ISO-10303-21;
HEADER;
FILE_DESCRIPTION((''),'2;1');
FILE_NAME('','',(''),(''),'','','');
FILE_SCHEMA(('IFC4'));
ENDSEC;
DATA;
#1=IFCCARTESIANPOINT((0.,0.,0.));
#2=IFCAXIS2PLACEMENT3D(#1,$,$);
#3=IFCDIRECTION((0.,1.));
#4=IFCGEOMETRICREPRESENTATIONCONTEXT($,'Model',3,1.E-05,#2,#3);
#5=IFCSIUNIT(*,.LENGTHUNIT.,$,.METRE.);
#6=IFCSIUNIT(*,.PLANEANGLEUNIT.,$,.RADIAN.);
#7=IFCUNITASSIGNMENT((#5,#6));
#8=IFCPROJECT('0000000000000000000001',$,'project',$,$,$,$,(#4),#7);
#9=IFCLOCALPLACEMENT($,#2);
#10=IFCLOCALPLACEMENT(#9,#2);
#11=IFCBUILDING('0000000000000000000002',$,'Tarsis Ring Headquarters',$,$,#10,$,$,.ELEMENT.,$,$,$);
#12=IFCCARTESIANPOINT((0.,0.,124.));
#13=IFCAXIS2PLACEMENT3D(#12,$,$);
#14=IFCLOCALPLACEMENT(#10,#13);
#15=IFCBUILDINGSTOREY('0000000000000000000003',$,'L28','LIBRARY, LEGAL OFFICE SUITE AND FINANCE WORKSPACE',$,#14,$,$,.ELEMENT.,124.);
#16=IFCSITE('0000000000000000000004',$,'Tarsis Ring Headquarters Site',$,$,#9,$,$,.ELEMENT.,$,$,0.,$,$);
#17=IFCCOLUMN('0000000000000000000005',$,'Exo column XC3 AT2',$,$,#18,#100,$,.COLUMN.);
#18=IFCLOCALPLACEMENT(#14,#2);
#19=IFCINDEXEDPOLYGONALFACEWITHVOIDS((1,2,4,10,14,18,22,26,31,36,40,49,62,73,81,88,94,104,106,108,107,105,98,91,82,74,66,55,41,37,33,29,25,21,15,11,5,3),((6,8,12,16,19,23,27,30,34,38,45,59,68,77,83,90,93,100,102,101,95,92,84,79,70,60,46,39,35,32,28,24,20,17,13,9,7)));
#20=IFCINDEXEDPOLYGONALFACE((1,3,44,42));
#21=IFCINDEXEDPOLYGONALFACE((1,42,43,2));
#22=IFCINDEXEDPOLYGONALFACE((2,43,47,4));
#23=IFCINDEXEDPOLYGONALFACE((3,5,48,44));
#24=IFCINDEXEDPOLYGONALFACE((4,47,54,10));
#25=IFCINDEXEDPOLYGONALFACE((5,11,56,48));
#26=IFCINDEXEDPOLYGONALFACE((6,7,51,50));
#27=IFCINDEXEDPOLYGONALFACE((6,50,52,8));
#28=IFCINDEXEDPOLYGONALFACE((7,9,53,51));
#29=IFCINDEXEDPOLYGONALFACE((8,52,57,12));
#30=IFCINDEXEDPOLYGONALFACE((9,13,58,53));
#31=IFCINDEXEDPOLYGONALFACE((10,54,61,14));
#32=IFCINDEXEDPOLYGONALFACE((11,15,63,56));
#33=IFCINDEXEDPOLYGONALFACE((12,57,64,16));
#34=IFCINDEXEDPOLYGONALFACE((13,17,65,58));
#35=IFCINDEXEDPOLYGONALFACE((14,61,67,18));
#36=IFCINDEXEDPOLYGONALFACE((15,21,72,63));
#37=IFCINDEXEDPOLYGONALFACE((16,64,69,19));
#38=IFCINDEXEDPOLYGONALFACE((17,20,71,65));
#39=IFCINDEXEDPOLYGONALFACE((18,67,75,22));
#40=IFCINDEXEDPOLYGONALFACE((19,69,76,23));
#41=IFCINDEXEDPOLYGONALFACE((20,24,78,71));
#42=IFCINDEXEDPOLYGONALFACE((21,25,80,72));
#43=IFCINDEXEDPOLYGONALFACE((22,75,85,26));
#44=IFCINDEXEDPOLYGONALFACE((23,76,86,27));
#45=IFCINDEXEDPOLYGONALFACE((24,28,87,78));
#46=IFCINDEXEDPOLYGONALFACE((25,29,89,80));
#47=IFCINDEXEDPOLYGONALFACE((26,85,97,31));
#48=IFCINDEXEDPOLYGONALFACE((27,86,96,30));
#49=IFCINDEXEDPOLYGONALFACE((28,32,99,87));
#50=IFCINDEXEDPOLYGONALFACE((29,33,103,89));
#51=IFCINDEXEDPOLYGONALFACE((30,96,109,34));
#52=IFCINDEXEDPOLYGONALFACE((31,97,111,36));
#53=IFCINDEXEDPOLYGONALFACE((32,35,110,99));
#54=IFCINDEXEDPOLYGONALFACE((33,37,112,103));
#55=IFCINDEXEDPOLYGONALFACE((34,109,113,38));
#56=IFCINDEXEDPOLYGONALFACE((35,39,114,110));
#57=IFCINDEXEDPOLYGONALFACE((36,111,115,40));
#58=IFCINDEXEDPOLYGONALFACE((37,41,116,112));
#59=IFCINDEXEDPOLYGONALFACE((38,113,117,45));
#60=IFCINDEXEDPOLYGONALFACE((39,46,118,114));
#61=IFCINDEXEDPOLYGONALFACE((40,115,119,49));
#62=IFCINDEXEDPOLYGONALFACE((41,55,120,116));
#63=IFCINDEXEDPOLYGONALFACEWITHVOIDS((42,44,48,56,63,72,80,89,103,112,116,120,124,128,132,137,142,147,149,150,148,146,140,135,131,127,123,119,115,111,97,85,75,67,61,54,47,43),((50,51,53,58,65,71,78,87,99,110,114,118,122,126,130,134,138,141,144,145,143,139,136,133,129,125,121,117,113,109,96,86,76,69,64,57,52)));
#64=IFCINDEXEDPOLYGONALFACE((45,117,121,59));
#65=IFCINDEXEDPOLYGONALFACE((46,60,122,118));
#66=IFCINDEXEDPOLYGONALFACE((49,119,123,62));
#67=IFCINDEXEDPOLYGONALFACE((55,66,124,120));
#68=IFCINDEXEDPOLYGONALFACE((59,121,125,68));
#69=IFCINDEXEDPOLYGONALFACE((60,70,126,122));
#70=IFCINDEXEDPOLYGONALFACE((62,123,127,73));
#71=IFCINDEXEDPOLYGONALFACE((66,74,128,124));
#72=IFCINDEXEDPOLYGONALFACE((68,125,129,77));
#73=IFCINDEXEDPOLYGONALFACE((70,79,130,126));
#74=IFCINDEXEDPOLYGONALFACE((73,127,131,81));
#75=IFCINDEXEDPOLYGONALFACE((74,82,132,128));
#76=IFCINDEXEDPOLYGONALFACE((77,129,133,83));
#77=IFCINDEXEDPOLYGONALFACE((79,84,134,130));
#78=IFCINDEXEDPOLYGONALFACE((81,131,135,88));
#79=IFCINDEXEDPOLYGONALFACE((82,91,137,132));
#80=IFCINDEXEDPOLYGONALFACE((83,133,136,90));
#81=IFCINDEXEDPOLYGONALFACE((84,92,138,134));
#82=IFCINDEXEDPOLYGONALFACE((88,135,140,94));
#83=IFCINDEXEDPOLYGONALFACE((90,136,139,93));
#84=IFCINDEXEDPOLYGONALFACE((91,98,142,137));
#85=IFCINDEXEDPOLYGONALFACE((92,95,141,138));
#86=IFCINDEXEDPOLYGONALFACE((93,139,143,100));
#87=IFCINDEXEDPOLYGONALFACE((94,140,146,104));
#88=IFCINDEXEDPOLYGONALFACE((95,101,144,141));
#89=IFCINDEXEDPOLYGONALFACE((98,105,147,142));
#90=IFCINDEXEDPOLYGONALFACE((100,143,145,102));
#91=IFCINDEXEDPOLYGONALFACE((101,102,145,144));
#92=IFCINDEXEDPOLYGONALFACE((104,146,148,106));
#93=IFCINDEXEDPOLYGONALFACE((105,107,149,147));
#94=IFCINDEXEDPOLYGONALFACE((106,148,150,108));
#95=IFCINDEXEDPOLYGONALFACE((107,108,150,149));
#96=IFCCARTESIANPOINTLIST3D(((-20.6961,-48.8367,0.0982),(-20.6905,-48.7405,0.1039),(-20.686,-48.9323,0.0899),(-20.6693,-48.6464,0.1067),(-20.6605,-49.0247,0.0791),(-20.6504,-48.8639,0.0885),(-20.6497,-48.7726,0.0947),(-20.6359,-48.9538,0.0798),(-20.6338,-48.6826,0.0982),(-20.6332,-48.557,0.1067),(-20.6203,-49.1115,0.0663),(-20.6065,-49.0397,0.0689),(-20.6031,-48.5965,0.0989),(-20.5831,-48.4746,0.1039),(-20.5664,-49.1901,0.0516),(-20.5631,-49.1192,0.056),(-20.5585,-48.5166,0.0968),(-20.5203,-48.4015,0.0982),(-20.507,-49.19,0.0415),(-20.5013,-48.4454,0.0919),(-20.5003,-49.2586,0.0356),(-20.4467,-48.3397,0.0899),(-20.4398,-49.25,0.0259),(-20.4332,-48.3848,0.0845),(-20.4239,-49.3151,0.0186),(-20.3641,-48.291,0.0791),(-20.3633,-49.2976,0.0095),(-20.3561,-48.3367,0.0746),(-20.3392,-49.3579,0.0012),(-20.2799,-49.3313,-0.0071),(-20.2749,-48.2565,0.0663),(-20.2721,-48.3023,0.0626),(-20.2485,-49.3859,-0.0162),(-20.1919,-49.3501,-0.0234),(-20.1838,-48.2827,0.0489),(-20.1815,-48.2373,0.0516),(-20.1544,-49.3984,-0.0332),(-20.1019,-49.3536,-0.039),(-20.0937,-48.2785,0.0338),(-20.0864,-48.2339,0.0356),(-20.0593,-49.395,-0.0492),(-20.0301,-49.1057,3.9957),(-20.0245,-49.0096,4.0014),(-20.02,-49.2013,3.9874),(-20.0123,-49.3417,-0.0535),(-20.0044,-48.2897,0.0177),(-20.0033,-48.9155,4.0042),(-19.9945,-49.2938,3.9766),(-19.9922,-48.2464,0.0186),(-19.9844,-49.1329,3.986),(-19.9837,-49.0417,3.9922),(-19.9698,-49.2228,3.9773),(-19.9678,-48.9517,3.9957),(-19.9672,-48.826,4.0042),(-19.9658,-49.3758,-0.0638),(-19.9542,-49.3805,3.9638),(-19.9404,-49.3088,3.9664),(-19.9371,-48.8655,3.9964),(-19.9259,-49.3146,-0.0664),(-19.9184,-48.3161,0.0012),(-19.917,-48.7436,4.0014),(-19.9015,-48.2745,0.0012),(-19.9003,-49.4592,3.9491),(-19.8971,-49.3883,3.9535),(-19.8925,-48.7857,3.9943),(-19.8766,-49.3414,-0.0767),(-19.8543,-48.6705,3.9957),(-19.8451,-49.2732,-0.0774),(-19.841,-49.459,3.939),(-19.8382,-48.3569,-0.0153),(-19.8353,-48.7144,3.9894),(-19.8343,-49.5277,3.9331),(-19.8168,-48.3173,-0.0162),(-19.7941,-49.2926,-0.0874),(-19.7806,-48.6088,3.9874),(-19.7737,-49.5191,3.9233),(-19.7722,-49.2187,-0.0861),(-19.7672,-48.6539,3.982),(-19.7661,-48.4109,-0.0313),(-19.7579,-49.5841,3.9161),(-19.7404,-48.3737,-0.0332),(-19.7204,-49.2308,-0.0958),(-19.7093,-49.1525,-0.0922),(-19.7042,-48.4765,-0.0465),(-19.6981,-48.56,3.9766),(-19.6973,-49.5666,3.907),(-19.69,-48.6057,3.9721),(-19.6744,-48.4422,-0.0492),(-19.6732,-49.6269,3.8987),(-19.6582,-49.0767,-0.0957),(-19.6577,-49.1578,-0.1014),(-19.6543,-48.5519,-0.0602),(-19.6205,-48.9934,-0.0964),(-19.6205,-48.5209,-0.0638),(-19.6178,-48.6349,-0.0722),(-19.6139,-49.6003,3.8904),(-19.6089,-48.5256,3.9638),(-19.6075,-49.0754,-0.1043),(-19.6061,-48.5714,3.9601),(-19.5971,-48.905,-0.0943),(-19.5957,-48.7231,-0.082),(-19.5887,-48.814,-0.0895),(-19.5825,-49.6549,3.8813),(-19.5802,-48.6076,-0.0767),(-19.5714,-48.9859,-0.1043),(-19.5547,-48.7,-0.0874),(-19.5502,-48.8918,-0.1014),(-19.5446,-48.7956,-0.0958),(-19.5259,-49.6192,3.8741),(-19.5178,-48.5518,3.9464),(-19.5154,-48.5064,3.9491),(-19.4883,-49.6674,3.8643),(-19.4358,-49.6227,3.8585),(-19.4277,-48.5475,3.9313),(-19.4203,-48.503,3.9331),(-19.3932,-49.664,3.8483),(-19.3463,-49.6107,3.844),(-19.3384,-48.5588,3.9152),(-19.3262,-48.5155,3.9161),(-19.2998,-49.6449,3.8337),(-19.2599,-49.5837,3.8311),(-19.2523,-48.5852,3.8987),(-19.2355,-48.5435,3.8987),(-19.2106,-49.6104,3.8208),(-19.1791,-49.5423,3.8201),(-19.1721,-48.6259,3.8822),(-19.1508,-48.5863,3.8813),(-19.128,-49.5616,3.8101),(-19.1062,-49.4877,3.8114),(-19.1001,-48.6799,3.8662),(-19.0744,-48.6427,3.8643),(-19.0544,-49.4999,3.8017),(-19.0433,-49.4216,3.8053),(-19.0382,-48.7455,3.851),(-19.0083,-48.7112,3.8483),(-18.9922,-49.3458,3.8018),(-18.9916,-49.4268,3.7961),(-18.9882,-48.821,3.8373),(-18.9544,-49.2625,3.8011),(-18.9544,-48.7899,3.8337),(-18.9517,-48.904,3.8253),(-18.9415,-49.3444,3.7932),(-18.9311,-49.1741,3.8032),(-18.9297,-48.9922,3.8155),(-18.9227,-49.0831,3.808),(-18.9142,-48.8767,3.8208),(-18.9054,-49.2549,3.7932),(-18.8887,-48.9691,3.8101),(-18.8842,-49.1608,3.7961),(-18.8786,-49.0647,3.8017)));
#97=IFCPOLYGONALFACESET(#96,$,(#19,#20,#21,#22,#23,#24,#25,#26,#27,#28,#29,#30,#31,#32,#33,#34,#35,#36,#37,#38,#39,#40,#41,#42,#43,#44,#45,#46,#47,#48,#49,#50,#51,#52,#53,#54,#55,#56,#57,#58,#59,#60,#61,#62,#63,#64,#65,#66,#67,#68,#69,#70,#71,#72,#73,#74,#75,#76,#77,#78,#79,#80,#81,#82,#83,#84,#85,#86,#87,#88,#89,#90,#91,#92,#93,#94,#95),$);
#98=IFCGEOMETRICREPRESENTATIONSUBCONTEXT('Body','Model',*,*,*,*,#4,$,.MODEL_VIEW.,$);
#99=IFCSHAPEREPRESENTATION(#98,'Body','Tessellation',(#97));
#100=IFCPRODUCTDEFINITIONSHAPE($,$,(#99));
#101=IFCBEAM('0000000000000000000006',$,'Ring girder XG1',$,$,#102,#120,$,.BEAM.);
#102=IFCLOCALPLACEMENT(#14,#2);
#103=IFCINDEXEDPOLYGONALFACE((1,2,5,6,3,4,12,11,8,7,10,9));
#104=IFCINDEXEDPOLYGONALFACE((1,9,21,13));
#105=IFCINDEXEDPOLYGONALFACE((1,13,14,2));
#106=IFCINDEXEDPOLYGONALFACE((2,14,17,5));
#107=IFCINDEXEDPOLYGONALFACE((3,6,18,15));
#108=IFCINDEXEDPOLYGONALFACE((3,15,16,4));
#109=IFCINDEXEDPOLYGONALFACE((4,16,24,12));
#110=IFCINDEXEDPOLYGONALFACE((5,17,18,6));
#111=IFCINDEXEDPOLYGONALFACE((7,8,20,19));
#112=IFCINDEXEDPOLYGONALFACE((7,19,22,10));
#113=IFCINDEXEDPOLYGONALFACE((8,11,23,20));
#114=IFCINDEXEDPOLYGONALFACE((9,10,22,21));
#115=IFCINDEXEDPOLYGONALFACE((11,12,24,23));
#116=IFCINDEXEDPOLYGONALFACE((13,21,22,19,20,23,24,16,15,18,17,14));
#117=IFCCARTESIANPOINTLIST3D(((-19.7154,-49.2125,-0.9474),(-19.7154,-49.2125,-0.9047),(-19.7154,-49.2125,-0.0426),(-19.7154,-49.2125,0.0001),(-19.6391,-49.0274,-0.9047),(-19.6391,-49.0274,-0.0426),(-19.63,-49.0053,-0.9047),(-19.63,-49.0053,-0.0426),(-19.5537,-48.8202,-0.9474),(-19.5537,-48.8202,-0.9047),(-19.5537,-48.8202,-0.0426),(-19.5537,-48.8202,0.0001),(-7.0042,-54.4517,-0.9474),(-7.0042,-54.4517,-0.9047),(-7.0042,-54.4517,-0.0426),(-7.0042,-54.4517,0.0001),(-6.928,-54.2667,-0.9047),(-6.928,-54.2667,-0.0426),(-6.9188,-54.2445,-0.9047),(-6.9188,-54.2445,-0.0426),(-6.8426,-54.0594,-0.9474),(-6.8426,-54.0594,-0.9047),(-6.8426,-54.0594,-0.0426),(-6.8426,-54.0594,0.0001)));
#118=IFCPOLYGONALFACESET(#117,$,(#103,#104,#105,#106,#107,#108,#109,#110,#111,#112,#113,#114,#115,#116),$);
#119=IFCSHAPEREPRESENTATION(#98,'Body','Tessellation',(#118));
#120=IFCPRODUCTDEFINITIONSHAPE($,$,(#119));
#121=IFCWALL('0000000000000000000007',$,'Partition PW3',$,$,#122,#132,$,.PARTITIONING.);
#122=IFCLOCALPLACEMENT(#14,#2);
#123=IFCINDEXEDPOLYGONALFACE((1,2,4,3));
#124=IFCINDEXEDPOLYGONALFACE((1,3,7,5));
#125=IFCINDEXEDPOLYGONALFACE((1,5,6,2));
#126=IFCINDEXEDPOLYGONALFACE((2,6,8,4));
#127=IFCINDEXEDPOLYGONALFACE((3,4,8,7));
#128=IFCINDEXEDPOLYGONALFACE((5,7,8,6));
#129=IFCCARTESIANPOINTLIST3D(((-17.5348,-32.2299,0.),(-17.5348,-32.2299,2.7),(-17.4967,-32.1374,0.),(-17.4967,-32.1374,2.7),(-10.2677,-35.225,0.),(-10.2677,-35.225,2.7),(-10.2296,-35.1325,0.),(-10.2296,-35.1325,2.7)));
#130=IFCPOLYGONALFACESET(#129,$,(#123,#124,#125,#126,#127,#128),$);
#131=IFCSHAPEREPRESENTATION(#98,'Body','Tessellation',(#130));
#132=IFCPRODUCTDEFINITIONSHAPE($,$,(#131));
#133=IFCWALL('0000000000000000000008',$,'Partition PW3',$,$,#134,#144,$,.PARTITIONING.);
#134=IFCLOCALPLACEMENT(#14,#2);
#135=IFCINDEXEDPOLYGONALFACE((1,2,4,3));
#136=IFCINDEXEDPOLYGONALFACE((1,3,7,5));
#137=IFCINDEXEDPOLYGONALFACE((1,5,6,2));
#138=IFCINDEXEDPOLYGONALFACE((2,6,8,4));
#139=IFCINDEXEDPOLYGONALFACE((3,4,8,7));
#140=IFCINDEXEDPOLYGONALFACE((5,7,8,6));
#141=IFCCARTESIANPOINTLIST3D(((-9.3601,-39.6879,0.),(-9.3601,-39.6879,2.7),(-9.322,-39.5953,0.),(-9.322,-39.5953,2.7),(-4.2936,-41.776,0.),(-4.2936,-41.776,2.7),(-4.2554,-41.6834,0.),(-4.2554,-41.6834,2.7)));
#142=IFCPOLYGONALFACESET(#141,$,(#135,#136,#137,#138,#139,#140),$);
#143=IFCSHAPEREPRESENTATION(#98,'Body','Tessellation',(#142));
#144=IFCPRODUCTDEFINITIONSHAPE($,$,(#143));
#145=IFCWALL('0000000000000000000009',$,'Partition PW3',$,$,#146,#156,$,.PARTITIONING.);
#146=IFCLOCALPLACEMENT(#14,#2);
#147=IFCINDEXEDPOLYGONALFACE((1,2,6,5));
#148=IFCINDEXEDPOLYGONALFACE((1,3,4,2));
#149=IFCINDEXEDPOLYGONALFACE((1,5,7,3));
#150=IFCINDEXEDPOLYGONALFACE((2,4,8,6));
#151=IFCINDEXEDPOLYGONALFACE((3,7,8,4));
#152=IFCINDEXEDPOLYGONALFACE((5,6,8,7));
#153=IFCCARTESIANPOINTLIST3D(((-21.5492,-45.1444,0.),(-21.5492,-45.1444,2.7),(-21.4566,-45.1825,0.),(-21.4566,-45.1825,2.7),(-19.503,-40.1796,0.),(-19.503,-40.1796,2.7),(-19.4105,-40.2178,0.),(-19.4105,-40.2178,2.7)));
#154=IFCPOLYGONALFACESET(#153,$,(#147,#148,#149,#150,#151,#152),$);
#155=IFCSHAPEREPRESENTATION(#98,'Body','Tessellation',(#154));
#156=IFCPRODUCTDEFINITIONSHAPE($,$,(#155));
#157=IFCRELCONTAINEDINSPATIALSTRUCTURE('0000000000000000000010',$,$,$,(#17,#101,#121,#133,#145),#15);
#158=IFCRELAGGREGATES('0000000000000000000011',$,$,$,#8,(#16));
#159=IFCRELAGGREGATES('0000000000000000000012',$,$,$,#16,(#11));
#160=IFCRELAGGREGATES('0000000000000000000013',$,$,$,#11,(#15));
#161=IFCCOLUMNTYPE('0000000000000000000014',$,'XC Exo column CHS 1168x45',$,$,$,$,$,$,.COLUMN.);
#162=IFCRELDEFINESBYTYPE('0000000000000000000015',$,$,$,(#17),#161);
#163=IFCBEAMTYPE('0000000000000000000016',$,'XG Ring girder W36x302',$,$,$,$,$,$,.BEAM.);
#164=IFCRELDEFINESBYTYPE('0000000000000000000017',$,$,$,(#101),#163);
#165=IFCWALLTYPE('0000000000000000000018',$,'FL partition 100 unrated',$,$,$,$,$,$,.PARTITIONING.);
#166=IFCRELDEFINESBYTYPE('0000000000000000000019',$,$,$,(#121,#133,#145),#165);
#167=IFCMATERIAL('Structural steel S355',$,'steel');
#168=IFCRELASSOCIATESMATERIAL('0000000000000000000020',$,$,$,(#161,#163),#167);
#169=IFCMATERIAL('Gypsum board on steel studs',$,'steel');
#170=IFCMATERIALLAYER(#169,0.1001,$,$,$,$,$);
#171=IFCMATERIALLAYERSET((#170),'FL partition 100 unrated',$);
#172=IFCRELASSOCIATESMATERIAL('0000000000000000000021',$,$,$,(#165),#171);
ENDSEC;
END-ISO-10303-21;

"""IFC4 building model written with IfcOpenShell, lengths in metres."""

from ifc_helpers import new_model, si_unit, direction, frame, frame_2d, origin, origin_2d, place, context, subcontext, project, spatial, rectangle, hollow_circle, i_section, extrude, material, layer, layer_set, material_profile, profile_set, type_object, element, save


model = new_model("IFC4")

# Units and contexts
model_context = context("Model", 3, precision=1e-05, world=origin(), true_north=direction((0.0, 1.0)))
body_context = subcontext(model_context, "Body", "Model", "MODEL_VIEW")
ifc_project = project(units=[si_unit("LENGTHUNIT", "METRE"), si_unit("PLANEANGLEUNIT", "RADIAN")], contexts=[model_context])

# Site, building, storey
site_placement = place(None, origin())
site = spatial("IfcSite", under=ifc_project, at=site_placement, Name="Tarsis Ring Headquarters Site", CompositionType="ELEMENT", RefElevation=0.0)
building_placement = place(site_placement, origin())
building = spatial("IfcBuilding", under=site, at=building_placement, Name="Tarsis Ring Headquarters", CompositionType="ELEMENT")
storey_placement = place(building_placement, frame((0.0, 0.0, 124.0)))
storey = spatial("IfcBuildingStorey", under=building, at=storey_placement, Name="L28", Description="LIBRARY, LEGAL OFFICE SUITE AND FINANCE WORKSPACE", CompositionType="ELEMENT", Elevation=124.0)

# Column
ifc_material_1 = material(Name="Structural steel S355", Category="steel")
ifc_material_profile_1 = material_profile(ifc_material_1, hollow_circle(Radius=0.5842, WallThickness=0.0449, at=origin_2d()), Name="CHS 1168x45")
ifc_profile_set_1 = profile_set([ifc_material_profile_1], Name="Structural steel S355")
column_type = type_object("IfcColumnType", Name="XC Exo column CHS 1168x45", PredefinedType="COLUMN", material=ifc_profile_set_1)
column_placement = place(storey_placement, frame((-20.1204, -48.8162, 0.0012), z_axis=(0.168054, -0.067887, 0.983437), x_axis=(0.374553, 0.927206, 0.0)))
element("IfcColumn", 1, at=column_placement, inside=storey, type_object=column_type, Name="Exo column XC3 AT2", PredefinedType="COLUMN", context=body_context, shape_type="SweptSolid", body=[
    extrude(hollow_circle(Radius=0.5842, WallThickness=0.0449, at=origin_2d()), origin(), (0.0, 0.0, 1.0), 3.9631),
])

# Beam
ifc_material_profile_2 = material_profile(ifc_material_1, i_section(OverallWidth=0.4243, OverallDepth=0.9475, WebThickness=0.0239, FlangeThickness=0.0427, at=origin_2d()), Name="W36x302")
ifc_profile_set_2 = profile_set([ifc_material_profile_2], Name="Structural steel S355")
beam_type = type_object("IfcBeamType", Name="XG Ring girder W36x302", PredefinedType="BEAM", material=ifc_profile_set_2)
beam_placement = place(storey_placement, frame((-19.6345, -49.0164, -0.4736), z_axis=(0.924544, -0.381076, 0.0), x_axis=(0.381076, 0.924544, 0.0)))
element("IfcBeam", 2, at=beam_placement, inside=storey, type_object=beam_type, Name="Ring girder XG1", PredefinedType="BEAM", context=body_context, shape_type="SweptSolid", body=[
    extrude(i_section(OverallWidth=0.4243, OverallDepth=0.9475, WebThickness=0.0239, FlangeThickness=0.0427, at=origin_2d()), origin(), (0.0, 0.0, 1.0), 13.7485),
])

# Walls
ifc_material_2 = material(Name="Gypsum board on steel studs", Category="steel")
ifc_layer_1 = layer(ifc_material_2, 0.1001)
ifc_layer_set_1 = layer_set([ifc_layer_1], Name="FL partition 100 unrated")
wall_type_1 = type_object("IfcWallType", Name="FL partition 100 unrated", PredefinedType="PARTITIONING", material=ifc_layer_set_1)
wall_1_placement = place(storey_placement, frame((-17.5159, -32.1836, 0.0), z_axis=(0.0, 0.0, 1.0), x_axis=(0.924553, -0.381053, 0.0)))
element("IfcWall", 3, at=wall_1_placement, inside=storey, type_object=wall_type_1, Name="Partition PW3", PredefinedType="PARTITIONING", context=body_context, shape_type="SweptSolid", body=[
    extrude(rectangle(XDim=7.8601, YDim=0.1001, at=frame_2d((3.9302, 0.0))), origin(), (0.0, 0.0, 1.0), 2.7),
])
wall_2_placement = place(storey_placement, frame((-9.3411, -39.6416, 0.0), z_axis=(0.0, 0.0, 1.0), x_axis=(0.924558, -0.381041, 0.0)))
element("IfcWall", 4, at=wall_2_placement, inside=storey, type_object=wall_type_1, Name="Partition PW3", PredefinedType="PARTITIONING", context=body_context, shape_type="SweptSolid", body=[
    extrude(rectangle(XDim=5.48, YDim=0.1001, at=frame_2d((2.74, 0.0))), origin(), (0.0, 0.0, 1.0), 2.7),
])
wall_3_placement = place(storey_placement, frame((-21.5029, -45.1636, 0.0), z_axis=(0.0, 0.0, 1.0), x_axis=(0.381036, 0.92456, 0.0)))
element("IfcWall", 5, at=wall_3_placement, inside=storey, type_object=wall_type_1, Name="Partition PW3", PredefinedType="PARTITIONING", context=body_context, shape_type="SweptSolid", body=[
    extrude(rectangle(XDim=5.3699, YDim=0.1001, at=frame_2d((2.6851, 0.0))), origin(), (0.0, 0.0, 1.0), 2.7),
])

save(model, "model.ifc")
